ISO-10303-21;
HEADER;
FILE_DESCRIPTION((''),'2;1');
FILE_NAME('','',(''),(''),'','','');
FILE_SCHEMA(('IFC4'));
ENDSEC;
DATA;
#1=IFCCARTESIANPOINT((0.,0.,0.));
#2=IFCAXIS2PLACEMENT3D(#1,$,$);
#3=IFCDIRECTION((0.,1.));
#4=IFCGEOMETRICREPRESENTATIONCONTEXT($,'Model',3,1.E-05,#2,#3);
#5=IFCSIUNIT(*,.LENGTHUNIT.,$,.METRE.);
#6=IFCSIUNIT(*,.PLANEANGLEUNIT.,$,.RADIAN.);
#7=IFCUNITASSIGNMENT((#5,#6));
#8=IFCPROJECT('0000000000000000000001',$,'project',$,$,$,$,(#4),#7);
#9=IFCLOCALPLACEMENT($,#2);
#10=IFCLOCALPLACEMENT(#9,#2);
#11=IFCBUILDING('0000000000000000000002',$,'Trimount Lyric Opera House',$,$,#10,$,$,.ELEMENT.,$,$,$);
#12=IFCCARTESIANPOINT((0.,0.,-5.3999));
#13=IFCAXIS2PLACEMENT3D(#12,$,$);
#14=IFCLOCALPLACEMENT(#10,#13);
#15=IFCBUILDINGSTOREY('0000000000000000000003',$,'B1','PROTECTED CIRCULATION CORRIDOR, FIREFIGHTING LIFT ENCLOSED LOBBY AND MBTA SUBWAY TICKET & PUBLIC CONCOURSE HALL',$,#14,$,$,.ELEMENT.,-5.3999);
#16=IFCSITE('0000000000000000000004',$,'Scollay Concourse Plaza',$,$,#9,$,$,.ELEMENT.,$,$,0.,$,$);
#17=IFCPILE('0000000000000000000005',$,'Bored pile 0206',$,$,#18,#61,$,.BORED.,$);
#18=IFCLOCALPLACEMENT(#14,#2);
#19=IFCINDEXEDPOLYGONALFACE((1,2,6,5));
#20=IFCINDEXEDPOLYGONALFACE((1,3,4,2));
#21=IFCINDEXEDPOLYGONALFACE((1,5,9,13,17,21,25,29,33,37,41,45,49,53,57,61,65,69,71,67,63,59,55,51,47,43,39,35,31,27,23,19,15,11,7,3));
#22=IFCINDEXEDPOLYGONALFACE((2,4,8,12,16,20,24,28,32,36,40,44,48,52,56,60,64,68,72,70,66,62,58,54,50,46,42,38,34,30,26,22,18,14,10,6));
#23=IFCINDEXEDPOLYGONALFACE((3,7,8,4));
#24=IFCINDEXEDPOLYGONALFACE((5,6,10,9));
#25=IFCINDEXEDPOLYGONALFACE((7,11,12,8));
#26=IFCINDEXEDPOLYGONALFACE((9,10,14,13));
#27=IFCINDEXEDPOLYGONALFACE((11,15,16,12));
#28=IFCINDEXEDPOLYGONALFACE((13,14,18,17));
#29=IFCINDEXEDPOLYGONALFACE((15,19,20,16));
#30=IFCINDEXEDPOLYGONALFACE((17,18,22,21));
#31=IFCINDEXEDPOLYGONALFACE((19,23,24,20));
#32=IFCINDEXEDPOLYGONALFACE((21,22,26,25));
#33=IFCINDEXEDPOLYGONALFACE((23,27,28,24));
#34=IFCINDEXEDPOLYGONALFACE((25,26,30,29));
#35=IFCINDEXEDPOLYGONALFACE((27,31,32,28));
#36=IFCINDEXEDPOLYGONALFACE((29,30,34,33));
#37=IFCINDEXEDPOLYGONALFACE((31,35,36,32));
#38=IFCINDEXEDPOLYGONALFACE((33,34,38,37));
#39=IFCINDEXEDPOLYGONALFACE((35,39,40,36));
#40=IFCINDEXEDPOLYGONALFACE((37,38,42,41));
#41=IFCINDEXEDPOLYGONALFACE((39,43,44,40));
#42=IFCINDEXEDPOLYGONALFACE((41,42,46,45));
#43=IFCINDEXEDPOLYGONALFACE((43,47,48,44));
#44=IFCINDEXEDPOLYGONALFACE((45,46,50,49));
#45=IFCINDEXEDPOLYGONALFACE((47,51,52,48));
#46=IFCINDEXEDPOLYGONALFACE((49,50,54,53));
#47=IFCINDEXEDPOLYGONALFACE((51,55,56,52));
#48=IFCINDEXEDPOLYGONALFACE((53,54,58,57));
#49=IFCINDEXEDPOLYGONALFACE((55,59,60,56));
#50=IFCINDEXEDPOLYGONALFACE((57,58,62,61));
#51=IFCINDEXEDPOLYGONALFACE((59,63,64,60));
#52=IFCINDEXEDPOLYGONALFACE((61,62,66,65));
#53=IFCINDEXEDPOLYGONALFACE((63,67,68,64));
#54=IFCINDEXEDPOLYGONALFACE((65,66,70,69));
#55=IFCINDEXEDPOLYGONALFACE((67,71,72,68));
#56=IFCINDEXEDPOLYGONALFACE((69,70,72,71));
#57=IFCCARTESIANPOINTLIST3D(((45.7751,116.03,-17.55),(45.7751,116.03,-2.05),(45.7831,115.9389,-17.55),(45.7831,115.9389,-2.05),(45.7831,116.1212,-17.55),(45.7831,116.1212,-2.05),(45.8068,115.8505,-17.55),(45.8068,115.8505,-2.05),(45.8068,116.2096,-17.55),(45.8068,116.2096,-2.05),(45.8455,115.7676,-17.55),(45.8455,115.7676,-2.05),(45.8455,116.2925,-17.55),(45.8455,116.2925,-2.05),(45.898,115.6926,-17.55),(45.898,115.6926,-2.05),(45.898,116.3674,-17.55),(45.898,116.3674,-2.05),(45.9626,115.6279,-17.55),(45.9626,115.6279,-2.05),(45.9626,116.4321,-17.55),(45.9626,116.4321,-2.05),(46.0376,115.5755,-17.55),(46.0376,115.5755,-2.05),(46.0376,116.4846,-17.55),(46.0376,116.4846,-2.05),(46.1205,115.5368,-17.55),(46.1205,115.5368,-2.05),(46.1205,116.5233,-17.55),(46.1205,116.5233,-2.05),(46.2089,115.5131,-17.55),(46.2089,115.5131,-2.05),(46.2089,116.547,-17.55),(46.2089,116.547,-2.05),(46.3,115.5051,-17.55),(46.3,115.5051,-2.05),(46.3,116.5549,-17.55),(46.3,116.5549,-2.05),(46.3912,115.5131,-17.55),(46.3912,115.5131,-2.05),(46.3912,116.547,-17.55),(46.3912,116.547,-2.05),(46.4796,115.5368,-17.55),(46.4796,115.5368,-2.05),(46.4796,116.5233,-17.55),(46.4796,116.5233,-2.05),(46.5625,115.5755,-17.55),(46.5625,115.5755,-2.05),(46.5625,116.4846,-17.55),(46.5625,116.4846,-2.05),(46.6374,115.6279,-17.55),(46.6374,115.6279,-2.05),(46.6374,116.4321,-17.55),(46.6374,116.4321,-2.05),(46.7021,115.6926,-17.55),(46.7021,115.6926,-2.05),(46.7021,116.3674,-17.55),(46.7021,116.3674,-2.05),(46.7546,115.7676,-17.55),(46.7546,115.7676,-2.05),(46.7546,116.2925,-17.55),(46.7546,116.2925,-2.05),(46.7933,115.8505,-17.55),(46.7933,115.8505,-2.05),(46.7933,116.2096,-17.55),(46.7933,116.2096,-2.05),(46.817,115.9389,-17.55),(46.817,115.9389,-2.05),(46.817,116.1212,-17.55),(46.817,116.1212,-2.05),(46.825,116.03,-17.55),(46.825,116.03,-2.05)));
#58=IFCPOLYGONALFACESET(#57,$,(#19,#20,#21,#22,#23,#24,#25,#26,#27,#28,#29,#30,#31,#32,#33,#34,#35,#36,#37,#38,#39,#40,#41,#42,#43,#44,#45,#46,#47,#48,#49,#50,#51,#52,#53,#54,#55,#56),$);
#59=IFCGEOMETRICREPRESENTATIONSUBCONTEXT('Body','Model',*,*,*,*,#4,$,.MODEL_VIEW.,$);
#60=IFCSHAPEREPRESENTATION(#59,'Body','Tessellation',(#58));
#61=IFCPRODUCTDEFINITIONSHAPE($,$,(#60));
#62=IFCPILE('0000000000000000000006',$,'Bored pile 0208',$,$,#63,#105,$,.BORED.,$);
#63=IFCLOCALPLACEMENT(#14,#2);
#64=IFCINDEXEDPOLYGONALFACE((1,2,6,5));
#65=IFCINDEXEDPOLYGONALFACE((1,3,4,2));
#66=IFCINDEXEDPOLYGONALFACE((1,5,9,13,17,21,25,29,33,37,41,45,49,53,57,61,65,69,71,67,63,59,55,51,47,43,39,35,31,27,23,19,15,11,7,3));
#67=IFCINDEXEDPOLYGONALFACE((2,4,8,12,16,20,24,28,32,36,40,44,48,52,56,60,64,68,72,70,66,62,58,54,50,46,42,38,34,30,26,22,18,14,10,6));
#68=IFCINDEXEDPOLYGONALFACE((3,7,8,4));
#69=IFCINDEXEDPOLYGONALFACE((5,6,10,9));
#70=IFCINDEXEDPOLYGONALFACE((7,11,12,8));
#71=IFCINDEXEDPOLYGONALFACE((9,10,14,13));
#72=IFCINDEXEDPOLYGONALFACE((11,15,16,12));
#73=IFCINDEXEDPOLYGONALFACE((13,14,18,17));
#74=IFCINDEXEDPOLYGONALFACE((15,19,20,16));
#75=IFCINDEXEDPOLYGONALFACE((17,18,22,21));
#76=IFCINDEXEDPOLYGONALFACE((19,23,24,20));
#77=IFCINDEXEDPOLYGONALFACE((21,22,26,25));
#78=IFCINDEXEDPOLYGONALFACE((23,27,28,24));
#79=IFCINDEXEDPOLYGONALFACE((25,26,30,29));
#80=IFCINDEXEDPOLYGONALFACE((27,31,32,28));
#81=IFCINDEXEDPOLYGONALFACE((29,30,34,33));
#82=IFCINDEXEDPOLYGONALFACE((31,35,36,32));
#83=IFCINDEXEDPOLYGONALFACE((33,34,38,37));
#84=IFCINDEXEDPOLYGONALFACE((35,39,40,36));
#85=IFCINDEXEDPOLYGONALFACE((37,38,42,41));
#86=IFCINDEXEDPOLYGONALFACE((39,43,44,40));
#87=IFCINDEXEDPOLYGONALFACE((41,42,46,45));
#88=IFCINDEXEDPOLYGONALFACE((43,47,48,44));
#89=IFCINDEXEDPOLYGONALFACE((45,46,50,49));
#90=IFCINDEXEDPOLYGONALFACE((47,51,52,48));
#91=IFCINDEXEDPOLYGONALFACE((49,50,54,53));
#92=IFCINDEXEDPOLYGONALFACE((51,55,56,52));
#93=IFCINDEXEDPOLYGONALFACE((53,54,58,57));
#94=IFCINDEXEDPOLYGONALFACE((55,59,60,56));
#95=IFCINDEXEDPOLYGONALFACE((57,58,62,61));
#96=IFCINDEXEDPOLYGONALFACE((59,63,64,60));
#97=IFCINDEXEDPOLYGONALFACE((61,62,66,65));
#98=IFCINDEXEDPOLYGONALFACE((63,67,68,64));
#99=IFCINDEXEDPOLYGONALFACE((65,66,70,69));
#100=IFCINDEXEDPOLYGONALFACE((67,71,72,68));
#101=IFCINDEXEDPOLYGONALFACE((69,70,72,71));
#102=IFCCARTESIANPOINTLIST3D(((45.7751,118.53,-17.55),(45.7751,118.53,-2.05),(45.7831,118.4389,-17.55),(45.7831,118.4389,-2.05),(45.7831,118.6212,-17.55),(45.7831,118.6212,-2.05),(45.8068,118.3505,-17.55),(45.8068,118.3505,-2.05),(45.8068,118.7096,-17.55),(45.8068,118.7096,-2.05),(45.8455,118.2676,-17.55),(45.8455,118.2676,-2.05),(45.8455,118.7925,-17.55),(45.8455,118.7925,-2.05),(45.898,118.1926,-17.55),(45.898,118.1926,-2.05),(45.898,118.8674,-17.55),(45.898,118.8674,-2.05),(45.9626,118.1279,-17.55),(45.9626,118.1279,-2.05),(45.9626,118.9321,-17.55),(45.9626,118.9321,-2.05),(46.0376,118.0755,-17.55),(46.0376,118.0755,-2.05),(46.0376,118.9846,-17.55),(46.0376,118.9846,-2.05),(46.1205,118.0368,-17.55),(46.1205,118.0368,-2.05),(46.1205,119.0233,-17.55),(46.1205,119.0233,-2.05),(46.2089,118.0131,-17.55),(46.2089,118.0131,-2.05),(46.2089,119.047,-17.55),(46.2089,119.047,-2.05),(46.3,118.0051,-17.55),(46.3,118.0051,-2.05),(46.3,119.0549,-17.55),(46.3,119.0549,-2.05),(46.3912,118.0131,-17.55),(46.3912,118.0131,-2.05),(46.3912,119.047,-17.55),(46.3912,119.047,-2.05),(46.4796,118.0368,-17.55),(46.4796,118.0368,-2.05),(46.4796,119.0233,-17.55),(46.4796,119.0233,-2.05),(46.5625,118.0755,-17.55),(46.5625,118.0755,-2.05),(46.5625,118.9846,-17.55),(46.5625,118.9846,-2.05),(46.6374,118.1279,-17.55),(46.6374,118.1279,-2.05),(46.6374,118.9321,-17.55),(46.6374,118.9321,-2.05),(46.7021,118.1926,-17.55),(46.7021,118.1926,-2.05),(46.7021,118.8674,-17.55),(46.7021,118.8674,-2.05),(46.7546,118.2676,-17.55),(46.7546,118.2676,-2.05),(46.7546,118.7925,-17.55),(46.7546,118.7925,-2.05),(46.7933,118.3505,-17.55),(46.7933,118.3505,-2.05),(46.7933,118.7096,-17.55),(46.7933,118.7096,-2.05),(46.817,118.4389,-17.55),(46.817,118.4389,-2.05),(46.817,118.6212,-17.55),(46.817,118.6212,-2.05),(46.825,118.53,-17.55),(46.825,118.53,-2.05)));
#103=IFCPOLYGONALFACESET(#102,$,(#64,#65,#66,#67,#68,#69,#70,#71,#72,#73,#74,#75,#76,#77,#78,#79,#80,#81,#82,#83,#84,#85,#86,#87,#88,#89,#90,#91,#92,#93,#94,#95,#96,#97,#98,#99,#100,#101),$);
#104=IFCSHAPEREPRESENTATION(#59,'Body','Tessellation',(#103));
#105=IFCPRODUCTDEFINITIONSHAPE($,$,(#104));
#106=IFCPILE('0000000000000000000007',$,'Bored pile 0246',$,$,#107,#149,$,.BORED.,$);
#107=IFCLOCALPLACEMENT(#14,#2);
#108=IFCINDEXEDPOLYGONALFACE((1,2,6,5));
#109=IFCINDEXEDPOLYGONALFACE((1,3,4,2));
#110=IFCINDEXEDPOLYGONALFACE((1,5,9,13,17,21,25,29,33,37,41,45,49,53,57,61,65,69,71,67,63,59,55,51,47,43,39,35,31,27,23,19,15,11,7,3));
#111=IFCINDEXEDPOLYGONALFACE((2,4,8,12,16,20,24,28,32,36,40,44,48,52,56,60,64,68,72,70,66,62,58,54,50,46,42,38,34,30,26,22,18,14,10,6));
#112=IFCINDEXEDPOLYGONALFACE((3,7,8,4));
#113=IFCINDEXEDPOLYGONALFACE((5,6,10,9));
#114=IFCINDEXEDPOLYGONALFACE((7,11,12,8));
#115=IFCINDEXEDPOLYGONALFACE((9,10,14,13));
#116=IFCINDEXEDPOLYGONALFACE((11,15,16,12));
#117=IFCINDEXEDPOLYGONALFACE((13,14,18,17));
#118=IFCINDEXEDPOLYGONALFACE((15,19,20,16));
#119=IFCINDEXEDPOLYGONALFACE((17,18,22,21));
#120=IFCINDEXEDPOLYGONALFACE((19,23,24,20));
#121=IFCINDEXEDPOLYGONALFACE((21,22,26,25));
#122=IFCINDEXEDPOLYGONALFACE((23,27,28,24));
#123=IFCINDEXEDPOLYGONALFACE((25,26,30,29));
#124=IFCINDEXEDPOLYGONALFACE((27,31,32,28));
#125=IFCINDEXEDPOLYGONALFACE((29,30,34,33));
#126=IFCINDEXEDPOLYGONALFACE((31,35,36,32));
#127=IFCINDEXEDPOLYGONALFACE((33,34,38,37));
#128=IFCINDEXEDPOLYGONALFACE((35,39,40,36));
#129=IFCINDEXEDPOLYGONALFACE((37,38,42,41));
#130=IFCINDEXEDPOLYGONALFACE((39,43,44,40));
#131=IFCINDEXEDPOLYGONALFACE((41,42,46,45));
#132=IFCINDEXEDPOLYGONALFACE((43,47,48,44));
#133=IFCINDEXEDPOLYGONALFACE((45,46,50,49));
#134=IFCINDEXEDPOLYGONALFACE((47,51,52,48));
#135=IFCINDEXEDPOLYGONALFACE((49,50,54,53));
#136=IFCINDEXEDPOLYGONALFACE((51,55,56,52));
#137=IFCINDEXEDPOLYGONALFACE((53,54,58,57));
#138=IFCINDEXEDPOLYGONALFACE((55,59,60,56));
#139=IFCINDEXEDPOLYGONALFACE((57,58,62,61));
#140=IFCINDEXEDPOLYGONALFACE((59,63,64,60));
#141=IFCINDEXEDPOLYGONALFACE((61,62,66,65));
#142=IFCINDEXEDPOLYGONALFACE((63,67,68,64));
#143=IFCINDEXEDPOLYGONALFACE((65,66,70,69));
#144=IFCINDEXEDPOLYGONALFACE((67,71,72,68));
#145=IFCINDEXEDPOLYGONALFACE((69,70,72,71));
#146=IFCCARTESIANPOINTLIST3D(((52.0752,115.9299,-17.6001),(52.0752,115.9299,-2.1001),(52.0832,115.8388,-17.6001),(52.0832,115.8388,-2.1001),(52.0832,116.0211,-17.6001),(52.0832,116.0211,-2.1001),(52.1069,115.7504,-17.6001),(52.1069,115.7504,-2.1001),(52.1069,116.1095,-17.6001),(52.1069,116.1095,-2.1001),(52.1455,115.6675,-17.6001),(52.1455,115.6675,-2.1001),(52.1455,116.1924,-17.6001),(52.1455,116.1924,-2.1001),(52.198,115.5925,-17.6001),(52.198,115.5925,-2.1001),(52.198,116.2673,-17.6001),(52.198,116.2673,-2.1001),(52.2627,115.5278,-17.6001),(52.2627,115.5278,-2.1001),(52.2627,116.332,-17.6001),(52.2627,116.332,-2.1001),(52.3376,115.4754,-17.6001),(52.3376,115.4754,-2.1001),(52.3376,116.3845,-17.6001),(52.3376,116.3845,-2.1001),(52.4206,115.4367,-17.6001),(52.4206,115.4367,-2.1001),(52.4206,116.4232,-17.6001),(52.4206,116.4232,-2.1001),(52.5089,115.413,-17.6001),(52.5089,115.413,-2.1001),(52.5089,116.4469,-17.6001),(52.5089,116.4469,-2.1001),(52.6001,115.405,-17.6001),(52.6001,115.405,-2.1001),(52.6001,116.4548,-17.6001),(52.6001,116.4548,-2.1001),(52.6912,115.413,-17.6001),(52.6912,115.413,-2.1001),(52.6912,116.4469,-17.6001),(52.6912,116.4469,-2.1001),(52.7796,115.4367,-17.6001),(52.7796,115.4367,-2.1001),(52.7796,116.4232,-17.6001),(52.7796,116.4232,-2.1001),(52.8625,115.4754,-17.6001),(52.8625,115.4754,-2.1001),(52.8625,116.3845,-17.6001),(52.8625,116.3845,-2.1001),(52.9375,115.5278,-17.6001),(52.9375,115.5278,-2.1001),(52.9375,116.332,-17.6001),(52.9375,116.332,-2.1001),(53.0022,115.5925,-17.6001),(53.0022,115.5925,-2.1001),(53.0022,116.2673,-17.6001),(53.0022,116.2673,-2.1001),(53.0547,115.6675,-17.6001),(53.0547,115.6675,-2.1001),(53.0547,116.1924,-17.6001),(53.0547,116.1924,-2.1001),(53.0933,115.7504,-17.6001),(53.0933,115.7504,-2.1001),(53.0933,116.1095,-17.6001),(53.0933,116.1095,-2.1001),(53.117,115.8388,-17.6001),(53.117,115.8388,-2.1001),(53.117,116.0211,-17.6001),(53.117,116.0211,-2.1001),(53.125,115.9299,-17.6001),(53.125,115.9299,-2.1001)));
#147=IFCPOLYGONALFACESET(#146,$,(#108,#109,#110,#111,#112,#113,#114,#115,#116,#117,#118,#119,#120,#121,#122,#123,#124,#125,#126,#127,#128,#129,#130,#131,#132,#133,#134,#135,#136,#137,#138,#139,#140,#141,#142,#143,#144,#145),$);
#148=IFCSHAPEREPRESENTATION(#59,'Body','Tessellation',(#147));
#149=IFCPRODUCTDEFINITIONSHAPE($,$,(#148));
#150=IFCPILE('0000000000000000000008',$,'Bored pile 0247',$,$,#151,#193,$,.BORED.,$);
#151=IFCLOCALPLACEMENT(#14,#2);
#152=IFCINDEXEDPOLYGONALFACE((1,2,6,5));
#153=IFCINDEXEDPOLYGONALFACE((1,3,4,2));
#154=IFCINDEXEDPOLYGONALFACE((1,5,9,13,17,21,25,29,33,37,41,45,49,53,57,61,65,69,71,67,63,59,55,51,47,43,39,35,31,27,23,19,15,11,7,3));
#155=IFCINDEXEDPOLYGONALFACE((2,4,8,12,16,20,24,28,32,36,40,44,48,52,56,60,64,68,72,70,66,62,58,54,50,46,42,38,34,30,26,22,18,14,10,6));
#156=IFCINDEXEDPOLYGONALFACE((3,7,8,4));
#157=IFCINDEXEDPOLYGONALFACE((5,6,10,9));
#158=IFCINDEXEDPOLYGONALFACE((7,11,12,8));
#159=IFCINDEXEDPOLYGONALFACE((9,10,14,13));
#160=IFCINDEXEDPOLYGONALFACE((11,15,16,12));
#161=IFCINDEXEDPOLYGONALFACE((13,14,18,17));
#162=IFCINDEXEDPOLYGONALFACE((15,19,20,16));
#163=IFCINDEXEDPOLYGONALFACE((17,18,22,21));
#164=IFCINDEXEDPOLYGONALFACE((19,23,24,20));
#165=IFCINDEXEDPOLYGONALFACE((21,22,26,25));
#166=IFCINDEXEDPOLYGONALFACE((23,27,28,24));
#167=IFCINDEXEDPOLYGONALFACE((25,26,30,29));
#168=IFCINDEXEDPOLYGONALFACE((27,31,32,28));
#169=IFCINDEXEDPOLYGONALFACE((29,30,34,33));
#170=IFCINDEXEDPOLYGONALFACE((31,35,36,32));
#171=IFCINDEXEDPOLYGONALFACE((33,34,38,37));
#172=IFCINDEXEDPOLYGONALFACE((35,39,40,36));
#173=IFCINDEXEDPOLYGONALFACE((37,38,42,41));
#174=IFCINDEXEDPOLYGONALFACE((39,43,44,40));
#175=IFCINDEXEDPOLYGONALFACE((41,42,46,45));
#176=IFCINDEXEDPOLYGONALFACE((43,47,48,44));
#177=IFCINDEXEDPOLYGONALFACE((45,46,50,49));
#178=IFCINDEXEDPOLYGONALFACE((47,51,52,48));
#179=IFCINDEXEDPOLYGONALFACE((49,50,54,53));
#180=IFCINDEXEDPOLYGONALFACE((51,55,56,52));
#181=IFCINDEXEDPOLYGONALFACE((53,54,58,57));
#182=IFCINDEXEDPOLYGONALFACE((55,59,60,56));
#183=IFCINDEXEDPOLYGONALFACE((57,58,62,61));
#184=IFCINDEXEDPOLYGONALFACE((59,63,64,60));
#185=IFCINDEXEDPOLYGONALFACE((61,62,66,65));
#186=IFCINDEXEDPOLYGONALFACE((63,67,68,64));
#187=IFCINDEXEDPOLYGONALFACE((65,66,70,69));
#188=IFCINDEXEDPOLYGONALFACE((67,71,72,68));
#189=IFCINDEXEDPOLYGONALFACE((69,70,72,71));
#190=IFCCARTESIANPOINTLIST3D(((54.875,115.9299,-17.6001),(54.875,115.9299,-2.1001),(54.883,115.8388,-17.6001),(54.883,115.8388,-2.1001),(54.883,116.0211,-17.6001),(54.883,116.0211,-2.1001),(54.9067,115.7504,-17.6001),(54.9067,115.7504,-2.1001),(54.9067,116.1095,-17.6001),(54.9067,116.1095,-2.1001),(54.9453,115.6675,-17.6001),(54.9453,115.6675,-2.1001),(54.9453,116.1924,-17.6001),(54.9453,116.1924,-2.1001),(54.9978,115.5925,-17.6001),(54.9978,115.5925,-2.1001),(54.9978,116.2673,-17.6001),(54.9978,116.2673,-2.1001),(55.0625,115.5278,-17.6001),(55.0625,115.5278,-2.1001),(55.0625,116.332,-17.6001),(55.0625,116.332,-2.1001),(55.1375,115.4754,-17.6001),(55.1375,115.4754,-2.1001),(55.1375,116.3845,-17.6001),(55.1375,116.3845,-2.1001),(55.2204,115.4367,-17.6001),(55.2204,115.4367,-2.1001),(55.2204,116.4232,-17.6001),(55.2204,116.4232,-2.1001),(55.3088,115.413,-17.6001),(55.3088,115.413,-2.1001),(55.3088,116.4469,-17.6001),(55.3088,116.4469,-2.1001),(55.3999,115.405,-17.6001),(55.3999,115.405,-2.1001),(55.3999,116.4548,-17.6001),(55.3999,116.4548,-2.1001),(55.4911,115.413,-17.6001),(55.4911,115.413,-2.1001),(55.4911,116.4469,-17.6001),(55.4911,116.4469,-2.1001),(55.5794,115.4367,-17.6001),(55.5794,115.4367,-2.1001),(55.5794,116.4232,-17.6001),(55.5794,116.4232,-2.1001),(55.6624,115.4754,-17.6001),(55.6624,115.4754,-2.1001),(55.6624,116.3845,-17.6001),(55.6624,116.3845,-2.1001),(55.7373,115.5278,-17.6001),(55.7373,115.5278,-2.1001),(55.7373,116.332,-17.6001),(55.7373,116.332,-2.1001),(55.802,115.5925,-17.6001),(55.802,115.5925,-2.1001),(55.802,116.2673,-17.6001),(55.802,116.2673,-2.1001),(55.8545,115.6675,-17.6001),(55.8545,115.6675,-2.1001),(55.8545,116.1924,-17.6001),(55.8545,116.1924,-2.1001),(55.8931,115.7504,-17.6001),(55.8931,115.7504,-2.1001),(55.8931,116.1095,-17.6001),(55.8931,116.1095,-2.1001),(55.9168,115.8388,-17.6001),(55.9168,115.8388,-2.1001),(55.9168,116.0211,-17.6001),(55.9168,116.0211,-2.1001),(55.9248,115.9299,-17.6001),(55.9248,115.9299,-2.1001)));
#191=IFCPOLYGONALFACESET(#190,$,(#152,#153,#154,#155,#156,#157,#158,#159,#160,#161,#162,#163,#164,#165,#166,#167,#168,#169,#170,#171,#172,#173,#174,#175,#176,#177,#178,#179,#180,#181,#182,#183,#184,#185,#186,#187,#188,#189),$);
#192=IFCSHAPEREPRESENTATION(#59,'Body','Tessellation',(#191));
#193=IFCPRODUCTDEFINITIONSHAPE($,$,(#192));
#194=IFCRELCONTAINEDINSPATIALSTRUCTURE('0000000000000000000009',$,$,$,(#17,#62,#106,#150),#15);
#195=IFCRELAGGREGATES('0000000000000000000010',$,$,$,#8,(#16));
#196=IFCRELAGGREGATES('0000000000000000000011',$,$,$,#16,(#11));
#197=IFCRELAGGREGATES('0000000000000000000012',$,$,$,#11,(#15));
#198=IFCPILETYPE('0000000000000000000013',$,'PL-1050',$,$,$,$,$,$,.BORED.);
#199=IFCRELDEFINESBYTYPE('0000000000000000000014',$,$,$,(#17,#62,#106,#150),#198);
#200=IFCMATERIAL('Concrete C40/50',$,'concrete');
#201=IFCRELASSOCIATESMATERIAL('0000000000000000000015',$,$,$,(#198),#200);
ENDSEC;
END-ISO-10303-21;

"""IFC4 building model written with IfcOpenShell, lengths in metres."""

from ifc_helpers import new_model, si_unit, direction, frame, origin, origin_2d, place, context, subcontext, project, spatial, circle, extrude, material, material_profile, profile_set, type_object, element, save


model = new_model("IFC4")

# Units and contexts
model_context = context("Model", 3, precision=1e-05, world=origin(), true_north=direction((0.0, 1.0)))
body_context = subcontext(model_context, "Body", "Model", "MODEL_VIEW")
ifc_project = project(units=[si_unit("LENGTHUNIT", "METRE"), si_unit("PLANEANGLEUNIT", "RADIAN")], contexts=[model_context])

# Site, building, storey
site_placement = place(None, origin())
site = spatial("IfcSite", under=ifc_project, at=site_placement, Name="Scollay Concourse Plaza", CompositionType="ELEMENT", RefElevation=0.0)
building_placement = place(site_placement, origin())
building = spatial("IfcBuilding", under=site, at=building_placement, Name="Trimount Lyric Opera House", CompositionType="ELEMENT")
storey_placement = place(building_placement, frame((0.0, 0.0, -5.3999)))
storey = spatial("IfcBuildingStorey", under=building, at=storey_placement, Name="B1", Description="PROTECTED CIRCULATION CORRIDOR, FIREFIGHTING LIFT ENCLOSED LOBBY AND MBTA SUBWAY TICKET & PUBLIC CONCOURSE HALL", CompositionType="ELEMENT", Elevation=-5.3999)

# Piles
ifc_material_1 = material(Name="Concrete C40/50", Category="concrete")
ifc_material_profile_1 = material_profile(ifc_material_1, circle(Radius=0.5249, at=origin_2d()), Name="PILE-D1050")
ifc_profile_set_1 = profile_set([ifc_material_profile_1], Name="Concrete C40/50")
pile_type_1 = type_object("IfcPileType", Name="PL-1050", PredefinedType="BORED", material=ifc_profile_set_1)
for number, where, z_axis, x_axis, name in (
    (1, (46.3, 116.03, -2.05), (0.0, 0.0, -1.0), (1.0, 0.0, 0.0), "Bored pile 0206"),
    (2, (46.3, 118.53, -2.05), (0.0, 0.0, -1.0), (1.0, 0.0, 0.0), "Bored pile 0208"),
    (3, (52.6001, 115.9299, -2.1001), (0.0, 0.0, -1.0), (1.0, 0.0, 0.0), "Bored pile 0246"),
    (4, (55.3999, 115.9299, -2.1001), (0.0, 0.0, -1.0), (1.0, 0.0, 0.0), "Bored pile 0247"),
):
    element("IfcPile", number, at=place(storey_placement, frame(where, z_axis=z_axis, x_axis=x_axis)), inside=storey, type_object=pile_type_1, Name=name, PredefinedType="BORED", context=body_context, shape_type="SweptSolid", body=[
        extrude(circle(Radius=0.5249, at=origin_2d()), origin(), (0.0, 0.0, 1.0), 15.5),
    ])

save(model, "model.ifc")
